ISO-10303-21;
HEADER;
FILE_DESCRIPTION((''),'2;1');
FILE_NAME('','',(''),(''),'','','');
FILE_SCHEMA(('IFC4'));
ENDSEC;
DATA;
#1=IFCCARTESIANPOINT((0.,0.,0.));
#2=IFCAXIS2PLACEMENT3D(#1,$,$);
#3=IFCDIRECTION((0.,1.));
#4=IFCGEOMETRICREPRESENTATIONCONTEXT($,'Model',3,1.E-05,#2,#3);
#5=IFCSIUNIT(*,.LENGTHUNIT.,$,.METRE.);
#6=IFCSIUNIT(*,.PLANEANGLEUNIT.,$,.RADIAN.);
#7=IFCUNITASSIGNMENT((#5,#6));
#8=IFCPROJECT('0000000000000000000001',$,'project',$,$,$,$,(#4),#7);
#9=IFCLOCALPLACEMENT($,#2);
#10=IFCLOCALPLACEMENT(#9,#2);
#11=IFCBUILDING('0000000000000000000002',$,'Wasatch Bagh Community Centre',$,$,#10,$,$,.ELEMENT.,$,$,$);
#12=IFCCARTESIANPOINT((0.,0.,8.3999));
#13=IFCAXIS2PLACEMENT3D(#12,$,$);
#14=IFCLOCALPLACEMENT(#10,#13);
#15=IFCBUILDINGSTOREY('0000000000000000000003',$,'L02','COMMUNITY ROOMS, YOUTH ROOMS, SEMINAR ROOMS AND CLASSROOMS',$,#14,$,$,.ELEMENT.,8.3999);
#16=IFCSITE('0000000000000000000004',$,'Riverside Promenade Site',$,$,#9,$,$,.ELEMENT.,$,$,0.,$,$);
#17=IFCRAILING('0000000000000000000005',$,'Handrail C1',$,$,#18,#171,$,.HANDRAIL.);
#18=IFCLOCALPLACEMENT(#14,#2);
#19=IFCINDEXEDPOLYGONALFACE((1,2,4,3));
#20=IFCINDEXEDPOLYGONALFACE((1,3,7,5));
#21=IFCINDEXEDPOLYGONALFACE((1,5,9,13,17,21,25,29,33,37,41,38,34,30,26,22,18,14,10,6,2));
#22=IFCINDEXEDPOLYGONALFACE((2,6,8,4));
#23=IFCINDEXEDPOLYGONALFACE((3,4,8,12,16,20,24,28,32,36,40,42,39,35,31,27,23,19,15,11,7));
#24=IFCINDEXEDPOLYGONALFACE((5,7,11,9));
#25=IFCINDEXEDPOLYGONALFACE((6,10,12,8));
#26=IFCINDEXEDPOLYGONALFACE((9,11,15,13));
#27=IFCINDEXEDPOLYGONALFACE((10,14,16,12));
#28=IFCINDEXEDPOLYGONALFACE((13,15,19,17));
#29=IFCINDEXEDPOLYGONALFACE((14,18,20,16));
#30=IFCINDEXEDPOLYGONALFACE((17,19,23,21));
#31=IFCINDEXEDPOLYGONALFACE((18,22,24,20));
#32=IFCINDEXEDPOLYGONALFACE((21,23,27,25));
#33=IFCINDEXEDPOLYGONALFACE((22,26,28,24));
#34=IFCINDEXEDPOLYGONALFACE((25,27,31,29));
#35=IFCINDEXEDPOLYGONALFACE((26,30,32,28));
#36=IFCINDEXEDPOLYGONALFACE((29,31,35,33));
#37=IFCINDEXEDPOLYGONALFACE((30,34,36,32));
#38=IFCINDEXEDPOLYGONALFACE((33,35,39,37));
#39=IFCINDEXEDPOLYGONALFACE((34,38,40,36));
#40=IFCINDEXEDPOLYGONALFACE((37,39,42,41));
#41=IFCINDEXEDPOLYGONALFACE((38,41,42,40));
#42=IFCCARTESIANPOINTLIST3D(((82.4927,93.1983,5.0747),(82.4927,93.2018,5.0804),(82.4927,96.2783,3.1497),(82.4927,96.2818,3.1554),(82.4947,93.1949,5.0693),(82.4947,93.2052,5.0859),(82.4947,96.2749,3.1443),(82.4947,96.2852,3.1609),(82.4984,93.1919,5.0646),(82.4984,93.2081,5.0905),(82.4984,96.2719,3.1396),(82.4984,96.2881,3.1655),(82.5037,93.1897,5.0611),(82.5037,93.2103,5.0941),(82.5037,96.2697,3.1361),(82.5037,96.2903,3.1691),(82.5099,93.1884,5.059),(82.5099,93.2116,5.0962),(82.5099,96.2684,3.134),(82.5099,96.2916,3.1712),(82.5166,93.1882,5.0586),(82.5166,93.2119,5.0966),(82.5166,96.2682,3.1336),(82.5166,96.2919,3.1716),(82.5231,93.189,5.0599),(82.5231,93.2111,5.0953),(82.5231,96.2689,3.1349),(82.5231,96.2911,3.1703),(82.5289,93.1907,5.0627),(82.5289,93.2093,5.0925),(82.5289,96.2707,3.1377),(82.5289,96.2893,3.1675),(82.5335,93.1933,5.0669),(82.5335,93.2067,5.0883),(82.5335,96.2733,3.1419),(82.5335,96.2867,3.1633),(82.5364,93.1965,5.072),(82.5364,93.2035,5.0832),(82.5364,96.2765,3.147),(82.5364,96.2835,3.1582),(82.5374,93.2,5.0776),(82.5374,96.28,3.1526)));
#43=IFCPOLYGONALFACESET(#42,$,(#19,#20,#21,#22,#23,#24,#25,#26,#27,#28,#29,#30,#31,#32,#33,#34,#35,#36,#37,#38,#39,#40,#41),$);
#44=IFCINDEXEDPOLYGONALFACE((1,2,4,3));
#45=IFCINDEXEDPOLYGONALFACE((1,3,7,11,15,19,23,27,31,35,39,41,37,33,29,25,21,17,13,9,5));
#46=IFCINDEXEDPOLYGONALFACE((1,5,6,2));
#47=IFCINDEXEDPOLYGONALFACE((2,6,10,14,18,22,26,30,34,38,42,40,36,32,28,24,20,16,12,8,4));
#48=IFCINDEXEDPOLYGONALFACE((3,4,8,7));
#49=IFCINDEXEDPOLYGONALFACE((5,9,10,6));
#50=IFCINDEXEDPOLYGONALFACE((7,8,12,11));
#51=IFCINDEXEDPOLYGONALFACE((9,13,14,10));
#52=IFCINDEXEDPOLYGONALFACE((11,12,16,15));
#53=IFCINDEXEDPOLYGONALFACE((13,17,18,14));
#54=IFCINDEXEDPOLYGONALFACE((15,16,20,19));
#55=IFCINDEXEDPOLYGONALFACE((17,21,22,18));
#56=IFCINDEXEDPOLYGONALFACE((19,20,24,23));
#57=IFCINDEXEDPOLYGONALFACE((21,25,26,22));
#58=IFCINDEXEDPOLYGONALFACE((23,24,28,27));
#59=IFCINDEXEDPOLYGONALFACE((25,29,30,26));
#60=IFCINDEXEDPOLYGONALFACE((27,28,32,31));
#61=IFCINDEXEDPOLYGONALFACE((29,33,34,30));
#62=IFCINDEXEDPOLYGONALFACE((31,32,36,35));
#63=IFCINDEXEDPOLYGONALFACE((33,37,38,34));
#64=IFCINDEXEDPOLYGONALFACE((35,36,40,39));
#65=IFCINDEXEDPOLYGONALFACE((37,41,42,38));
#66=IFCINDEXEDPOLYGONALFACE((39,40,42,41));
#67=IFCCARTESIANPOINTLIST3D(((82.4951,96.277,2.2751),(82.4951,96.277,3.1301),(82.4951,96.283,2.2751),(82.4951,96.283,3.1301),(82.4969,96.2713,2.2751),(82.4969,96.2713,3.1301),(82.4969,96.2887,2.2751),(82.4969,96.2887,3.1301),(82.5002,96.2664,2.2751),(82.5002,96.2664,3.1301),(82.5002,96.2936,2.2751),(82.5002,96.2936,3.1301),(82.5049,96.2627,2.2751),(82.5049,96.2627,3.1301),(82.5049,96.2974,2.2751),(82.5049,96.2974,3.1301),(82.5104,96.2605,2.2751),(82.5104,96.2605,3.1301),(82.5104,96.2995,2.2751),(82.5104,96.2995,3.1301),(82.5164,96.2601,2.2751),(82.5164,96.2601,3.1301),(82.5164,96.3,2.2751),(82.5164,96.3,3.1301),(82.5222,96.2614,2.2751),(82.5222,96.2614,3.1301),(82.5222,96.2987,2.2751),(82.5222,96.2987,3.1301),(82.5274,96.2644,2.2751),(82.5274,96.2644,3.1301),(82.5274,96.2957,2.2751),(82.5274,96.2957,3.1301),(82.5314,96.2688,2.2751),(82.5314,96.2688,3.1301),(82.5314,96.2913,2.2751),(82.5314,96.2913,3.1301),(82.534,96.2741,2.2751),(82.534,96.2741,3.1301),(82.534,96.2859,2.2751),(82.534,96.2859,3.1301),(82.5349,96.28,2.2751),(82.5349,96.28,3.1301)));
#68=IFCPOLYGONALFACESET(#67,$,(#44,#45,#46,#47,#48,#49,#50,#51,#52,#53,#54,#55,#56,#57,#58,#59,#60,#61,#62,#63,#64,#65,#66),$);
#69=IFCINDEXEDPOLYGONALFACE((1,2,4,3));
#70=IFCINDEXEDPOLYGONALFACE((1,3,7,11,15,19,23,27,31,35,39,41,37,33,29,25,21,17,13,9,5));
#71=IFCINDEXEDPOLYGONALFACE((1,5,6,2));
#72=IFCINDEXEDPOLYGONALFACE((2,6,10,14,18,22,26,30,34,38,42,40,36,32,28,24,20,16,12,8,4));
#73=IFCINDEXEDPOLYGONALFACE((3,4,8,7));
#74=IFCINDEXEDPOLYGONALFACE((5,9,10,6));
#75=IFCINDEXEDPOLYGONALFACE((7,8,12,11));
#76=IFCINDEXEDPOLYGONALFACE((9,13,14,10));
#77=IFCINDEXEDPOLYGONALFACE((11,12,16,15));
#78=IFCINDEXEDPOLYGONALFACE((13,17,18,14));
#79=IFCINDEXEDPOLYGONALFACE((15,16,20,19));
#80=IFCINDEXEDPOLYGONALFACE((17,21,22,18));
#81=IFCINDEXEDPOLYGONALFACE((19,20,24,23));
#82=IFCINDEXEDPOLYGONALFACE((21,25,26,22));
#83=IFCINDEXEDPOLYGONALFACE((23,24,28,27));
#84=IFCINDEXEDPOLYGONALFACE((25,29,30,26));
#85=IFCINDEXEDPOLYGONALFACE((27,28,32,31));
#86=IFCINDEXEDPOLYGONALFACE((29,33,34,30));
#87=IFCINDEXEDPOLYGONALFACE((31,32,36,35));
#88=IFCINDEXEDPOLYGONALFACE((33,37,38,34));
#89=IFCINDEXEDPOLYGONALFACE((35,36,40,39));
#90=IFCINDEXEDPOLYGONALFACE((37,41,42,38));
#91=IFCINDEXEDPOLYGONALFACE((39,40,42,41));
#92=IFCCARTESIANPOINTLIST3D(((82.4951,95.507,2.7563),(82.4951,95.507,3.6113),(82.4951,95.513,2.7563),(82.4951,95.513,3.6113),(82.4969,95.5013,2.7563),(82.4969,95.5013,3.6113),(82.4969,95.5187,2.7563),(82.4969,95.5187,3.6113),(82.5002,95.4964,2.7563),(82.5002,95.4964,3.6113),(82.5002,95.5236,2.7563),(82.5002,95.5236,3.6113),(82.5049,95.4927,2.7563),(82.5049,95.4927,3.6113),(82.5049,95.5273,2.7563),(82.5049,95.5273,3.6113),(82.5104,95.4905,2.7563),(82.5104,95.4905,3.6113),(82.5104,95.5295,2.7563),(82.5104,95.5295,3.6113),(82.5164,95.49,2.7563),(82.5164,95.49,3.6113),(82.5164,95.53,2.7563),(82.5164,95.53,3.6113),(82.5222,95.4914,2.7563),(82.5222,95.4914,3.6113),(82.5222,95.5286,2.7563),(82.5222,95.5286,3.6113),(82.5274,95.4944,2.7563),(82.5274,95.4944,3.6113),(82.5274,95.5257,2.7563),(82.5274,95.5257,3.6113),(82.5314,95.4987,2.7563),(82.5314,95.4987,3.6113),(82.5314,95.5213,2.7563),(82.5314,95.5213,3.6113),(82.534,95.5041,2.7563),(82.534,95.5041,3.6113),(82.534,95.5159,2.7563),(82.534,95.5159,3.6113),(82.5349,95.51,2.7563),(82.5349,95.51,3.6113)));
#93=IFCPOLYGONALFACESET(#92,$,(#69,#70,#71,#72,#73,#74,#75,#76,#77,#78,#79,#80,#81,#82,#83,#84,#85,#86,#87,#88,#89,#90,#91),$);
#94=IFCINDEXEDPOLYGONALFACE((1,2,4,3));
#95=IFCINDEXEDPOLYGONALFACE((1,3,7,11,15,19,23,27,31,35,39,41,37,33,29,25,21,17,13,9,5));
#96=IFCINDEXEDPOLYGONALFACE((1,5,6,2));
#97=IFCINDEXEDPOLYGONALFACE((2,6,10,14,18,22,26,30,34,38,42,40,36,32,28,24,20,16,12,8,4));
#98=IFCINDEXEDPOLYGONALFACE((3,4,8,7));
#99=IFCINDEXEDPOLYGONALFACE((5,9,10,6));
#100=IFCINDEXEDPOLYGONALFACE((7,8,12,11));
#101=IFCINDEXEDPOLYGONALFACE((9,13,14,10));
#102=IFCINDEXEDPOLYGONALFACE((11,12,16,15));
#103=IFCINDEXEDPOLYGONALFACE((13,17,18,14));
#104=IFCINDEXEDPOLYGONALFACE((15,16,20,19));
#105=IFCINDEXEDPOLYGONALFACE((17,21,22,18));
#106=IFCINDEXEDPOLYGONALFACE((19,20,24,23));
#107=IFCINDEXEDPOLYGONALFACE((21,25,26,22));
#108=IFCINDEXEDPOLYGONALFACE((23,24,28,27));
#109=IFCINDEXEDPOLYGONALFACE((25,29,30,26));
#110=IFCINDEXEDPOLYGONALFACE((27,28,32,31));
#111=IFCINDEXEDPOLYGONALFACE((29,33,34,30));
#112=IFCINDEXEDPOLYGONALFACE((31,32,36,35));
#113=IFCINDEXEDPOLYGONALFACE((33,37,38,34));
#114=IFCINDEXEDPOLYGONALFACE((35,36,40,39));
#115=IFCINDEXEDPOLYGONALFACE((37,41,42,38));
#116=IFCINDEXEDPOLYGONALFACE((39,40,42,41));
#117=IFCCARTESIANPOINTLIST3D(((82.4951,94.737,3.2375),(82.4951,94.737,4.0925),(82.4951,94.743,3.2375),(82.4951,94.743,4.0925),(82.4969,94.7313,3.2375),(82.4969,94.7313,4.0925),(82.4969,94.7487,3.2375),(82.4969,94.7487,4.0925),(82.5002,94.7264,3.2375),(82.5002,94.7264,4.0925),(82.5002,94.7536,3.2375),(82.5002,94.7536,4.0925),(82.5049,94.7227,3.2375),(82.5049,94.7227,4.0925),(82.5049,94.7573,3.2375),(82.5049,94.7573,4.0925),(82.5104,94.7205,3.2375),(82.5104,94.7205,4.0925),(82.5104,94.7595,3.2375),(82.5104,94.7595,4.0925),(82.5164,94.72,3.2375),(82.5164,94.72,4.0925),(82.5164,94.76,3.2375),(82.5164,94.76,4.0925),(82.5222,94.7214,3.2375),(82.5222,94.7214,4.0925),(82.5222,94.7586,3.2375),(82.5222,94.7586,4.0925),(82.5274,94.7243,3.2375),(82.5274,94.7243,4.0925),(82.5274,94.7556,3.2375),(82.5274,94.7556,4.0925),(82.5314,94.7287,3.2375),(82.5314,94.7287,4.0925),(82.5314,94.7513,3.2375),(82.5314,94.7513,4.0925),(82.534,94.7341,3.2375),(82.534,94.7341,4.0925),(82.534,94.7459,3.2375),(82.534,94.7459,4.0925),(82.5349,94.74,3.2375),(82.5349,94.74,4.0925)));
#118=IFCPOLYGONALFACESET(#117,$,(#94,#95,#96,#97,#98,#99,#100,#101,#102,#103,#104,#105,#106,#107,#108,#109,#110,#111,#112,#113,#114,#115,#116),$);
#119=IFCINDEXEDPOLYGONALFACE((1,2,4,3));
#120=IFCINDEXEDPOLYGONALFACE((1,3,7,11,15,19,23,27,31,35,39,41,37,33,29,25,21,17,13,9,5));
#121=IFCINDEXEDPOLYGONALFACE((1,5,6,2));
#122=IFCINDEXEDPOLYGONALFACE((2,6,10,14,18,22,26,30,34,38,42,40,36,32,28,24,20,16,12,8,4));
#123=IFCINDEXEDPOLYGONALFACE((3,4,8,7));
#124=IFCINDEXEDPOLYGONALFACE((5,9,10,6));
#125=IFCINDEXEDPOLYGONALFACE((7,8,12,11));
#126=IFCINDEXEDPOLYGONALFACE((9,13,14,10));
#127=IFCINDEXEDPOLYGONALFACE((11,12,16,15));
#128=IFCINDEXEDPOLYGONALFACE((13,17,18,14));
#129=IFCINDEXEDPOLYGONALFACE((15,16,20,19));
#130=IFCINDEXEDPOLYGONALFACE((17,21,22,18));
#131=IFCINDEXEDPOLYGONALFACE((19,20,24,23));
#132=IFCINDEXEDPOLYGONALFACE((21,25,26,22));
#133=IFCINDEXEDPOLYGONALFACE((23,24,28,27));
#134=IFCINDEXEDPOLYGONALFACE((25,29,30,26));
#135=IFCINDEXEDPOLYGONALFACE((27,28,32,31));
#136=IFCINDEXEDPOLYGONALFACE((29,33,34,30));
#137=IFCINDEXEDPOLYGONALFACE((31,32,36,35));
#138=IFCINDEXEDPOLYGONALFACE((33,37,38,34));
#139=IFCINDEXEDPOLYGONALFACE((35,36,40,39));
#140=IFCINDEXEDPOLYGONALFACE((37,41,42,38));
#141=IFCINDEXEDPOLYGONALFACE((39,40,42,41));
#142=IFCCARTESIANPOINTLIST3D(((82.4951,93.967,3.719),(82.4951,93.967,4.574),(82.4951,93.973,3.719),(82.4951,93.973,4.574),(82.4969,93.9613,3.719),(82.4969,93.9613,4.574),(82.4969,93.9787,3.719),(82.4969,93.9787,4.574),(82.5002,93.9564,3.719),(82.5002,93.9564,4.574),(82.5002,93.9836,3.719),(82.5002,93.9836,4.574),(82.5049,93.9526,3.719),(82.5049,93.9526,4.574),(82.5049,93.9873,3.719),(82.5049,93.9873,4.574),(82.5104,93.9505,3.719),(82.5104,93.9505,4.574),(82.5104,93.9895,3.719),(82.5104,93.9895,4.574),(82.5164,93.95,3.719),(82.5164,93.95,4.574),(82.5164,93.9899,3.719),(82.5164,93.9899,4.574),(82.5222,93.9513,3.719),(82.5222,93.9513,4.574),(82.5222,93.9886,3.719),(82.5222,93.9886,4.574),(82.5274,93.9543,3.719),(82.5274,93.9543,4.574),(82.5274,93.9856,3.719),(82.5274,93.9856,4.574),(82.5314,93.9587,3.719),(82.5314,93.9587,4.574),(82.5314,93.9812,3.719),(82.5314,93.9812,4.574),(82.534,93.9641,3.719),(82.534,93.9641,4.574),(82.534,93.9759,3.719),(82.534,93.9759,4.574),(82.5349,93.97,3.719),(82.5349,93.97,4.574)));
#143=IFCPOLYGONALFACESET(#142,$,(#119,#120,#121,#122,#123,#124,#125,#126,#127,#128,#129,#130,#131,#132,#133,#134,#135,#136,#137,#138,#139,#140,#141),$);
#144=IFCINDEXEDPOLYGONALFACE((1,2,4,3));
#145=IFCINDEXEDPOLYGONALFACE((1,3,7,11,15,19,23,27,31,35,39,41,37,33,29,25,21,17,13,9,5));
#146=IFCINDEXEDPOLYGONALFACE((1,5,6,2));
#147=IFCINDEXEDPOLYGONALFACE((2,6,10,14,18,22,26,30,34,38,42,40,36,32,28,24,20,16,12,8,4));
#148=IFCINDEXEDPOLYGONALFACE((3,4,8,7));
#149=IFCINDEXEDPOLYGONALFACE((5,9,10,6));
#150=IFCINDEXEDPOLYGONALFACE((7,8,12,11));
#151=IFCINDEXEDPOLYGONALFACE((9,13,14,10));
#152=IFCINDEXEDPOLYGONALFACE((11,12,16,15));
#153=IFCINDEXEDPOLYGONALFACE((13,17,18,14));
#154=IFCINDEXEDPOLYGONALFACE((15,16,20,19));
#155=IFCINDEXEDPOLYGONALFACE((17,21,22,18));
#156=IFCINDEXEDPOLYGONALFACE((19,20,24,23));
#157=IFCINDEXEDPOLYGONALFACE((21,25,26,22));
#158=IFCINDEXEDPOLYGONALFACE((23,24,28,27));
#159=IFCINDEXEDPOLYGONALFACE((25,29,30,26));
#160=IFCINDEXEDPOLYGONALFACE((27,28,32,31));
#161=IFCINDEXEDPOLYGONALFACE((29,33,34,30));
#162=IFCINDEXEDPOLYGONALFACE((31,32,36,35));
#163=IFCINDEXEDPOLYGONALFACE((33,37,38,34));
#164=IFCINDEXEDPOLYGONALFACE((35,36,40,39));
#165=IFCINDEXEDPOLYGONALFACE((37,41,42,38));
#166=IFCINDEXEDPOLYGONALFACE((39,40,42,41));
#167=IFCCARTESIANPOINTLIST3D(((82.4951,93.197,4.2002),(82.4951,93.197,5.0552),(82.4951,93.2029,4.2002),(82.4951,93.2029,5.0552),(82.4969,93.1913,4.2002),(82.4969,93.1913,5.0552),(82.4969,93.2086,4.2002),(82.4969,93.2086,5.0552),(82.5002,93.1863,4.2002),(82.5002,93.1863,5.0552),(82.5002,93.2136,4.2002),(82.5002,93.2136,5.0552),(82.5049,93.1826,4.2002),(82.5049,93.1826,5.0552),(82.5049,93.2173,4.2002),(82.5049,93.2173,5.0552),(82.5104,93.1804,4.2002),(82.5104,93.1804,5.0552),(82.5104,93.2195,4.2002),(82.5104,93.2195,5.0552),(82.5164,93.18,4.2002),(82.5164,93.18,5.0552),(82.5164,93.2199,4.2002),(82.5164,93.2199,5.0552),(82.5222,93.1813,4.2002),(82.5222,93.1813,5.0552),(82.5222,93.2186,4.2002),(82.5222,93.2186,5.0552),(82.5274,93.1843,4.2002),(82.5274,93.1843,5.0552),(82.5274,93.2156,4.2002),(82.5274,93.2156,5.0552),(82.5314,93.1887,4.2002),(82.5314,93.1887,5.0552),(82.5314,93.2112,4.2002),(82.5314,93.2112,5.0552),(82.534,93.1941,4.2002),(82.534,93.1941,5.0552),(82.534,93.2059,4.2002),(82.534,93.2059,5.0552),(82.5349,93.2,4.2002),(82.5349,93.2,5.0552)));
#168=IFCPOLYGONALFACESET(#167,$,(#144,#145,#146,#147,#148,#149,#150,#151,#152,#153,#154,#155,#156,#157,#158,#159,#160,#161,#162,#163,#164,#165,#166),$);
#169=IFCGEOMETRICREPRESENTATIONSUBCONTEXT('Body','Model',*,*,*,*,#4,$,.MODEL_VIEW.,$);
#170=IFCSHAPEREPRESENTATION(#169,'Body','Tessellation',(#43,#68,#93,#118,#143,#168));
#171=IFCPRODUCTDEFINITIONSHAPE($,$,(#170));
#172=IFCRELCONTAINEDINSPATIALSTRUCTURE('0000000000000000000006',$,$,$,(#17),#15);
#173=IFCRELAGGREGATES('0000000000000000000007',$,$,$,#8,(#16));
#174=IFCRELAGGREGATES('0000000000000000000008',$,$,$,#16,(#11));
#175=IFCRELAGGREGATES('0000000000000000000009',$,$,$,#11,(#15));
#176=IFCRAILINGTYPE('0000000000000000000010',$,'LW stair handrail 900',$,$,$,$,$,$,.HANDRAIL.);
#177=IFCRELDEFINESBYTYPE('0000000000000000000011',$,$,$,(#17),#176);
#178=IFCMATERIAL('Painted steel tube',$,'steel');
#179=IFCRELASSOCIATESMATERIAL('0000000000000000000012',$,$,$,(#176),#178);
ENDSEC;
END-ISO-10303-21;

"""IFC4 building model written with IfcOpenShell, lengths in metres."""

from ifc_helpers import new_model, si_unit, direction, frame, origin, origin_2d, place, context, subcontext, project, spatial, circle, extrude, material, type_object, element, save


model = new_model("IFC4")

# Units and contexts
model_context = context("Model", 3, precision=1e-05, world=origin(), true_north=direction((0.0, 1.0)))
body_context = subcontext(model_context, "Body", "Model", "MODEL_VIEW")
ifc_project = project(units=[si_unit("LENGTHUNIT", "METRE"), si_unit("PLANEANGLEUNIT", "RADIAN")], contexts=[model_context])

# Site, building, storey
site_placement = place(None, origin())
site = spatial("IfcSite", under=ifc_project, at=site_placement, Name="Riverside Promenade Site", CompositionType="ELEMENT", RefElevation=0.0)
building_placement = place(site_placement, origin())
building = spatial("IfcBuilding", under=site, at=building_placement, Name="Wasatch Bagh Community Centre", CompositionType="ELEMENT")
storey_placement = place(building_placement, frame((0.0, 0.0, 8.3999)))
storey = spatial("IfcBuildingStorey", under=building, at=storey_placement, Name="L02", Description="COMMUNITY ROOMS, YOUTH ROOMS, SEMINAR ROOMS AND CLASSROOMS", CompositionType="ELEMENT", Elevation=8.3999)

# Railing
ifc_material_1 = material(Name="Painted steel tube", Category="steel")
railing_type_1 = type_object("IfcRailingType", Name="LW stair handrail 900", PredefinedType="HANDRAIL", material=ifc_material_1)
for number, where, name in (
    (1, (82.5149, 96.28, 2.2751), "Handrail C1"),
):
    element("IfcRailing", number, at=place(storey_placement, frame(where)), inside=storey, type_object=railing_type_1, Name=name, PredefinedType="HANDRAIL", context=body_context, shape_type="SweptSolid", body=[
        extrude(circle(Radius=0.0225, at=origin_2d()), frame((0.0, 0.0, 0.8774), z_axis=(0.0, -0.847998, 0.529999), x_axis=(1.0, 0.0, 0.0)), (0.0, 0.0, 1.0), 3.6321),
        extrude(circle(Radius=0.02, at=origin_2d()), origin(), (0.0, 0.0, 1.0), 0.855),
        extrude(circle(Radius=0.02, at=origin_2d()), frame((0.0, -0.77, 0.4812)), (0.0, 0.0, 1.0), 0.855),
        extrude(circle(Radius=0.02, at=origin_2d()), frame((0.0, -1.54, 0.9624)), (0.0, 0.0, 1.0), 0.855),
        extrude(circle(Radius=0.02, at=origin_2d()), frame((0.0, -2.3101, 1.4438)), (0.0, 0.0, 1.0), 0.855),
        extrude(circle(Radius=0.02, at=origin_2d()), frame((0.0, -3.0801, 1.925)), (0.0, 0.0, 1.0), 0.855),
    ])

save(model, "model.ifc")
